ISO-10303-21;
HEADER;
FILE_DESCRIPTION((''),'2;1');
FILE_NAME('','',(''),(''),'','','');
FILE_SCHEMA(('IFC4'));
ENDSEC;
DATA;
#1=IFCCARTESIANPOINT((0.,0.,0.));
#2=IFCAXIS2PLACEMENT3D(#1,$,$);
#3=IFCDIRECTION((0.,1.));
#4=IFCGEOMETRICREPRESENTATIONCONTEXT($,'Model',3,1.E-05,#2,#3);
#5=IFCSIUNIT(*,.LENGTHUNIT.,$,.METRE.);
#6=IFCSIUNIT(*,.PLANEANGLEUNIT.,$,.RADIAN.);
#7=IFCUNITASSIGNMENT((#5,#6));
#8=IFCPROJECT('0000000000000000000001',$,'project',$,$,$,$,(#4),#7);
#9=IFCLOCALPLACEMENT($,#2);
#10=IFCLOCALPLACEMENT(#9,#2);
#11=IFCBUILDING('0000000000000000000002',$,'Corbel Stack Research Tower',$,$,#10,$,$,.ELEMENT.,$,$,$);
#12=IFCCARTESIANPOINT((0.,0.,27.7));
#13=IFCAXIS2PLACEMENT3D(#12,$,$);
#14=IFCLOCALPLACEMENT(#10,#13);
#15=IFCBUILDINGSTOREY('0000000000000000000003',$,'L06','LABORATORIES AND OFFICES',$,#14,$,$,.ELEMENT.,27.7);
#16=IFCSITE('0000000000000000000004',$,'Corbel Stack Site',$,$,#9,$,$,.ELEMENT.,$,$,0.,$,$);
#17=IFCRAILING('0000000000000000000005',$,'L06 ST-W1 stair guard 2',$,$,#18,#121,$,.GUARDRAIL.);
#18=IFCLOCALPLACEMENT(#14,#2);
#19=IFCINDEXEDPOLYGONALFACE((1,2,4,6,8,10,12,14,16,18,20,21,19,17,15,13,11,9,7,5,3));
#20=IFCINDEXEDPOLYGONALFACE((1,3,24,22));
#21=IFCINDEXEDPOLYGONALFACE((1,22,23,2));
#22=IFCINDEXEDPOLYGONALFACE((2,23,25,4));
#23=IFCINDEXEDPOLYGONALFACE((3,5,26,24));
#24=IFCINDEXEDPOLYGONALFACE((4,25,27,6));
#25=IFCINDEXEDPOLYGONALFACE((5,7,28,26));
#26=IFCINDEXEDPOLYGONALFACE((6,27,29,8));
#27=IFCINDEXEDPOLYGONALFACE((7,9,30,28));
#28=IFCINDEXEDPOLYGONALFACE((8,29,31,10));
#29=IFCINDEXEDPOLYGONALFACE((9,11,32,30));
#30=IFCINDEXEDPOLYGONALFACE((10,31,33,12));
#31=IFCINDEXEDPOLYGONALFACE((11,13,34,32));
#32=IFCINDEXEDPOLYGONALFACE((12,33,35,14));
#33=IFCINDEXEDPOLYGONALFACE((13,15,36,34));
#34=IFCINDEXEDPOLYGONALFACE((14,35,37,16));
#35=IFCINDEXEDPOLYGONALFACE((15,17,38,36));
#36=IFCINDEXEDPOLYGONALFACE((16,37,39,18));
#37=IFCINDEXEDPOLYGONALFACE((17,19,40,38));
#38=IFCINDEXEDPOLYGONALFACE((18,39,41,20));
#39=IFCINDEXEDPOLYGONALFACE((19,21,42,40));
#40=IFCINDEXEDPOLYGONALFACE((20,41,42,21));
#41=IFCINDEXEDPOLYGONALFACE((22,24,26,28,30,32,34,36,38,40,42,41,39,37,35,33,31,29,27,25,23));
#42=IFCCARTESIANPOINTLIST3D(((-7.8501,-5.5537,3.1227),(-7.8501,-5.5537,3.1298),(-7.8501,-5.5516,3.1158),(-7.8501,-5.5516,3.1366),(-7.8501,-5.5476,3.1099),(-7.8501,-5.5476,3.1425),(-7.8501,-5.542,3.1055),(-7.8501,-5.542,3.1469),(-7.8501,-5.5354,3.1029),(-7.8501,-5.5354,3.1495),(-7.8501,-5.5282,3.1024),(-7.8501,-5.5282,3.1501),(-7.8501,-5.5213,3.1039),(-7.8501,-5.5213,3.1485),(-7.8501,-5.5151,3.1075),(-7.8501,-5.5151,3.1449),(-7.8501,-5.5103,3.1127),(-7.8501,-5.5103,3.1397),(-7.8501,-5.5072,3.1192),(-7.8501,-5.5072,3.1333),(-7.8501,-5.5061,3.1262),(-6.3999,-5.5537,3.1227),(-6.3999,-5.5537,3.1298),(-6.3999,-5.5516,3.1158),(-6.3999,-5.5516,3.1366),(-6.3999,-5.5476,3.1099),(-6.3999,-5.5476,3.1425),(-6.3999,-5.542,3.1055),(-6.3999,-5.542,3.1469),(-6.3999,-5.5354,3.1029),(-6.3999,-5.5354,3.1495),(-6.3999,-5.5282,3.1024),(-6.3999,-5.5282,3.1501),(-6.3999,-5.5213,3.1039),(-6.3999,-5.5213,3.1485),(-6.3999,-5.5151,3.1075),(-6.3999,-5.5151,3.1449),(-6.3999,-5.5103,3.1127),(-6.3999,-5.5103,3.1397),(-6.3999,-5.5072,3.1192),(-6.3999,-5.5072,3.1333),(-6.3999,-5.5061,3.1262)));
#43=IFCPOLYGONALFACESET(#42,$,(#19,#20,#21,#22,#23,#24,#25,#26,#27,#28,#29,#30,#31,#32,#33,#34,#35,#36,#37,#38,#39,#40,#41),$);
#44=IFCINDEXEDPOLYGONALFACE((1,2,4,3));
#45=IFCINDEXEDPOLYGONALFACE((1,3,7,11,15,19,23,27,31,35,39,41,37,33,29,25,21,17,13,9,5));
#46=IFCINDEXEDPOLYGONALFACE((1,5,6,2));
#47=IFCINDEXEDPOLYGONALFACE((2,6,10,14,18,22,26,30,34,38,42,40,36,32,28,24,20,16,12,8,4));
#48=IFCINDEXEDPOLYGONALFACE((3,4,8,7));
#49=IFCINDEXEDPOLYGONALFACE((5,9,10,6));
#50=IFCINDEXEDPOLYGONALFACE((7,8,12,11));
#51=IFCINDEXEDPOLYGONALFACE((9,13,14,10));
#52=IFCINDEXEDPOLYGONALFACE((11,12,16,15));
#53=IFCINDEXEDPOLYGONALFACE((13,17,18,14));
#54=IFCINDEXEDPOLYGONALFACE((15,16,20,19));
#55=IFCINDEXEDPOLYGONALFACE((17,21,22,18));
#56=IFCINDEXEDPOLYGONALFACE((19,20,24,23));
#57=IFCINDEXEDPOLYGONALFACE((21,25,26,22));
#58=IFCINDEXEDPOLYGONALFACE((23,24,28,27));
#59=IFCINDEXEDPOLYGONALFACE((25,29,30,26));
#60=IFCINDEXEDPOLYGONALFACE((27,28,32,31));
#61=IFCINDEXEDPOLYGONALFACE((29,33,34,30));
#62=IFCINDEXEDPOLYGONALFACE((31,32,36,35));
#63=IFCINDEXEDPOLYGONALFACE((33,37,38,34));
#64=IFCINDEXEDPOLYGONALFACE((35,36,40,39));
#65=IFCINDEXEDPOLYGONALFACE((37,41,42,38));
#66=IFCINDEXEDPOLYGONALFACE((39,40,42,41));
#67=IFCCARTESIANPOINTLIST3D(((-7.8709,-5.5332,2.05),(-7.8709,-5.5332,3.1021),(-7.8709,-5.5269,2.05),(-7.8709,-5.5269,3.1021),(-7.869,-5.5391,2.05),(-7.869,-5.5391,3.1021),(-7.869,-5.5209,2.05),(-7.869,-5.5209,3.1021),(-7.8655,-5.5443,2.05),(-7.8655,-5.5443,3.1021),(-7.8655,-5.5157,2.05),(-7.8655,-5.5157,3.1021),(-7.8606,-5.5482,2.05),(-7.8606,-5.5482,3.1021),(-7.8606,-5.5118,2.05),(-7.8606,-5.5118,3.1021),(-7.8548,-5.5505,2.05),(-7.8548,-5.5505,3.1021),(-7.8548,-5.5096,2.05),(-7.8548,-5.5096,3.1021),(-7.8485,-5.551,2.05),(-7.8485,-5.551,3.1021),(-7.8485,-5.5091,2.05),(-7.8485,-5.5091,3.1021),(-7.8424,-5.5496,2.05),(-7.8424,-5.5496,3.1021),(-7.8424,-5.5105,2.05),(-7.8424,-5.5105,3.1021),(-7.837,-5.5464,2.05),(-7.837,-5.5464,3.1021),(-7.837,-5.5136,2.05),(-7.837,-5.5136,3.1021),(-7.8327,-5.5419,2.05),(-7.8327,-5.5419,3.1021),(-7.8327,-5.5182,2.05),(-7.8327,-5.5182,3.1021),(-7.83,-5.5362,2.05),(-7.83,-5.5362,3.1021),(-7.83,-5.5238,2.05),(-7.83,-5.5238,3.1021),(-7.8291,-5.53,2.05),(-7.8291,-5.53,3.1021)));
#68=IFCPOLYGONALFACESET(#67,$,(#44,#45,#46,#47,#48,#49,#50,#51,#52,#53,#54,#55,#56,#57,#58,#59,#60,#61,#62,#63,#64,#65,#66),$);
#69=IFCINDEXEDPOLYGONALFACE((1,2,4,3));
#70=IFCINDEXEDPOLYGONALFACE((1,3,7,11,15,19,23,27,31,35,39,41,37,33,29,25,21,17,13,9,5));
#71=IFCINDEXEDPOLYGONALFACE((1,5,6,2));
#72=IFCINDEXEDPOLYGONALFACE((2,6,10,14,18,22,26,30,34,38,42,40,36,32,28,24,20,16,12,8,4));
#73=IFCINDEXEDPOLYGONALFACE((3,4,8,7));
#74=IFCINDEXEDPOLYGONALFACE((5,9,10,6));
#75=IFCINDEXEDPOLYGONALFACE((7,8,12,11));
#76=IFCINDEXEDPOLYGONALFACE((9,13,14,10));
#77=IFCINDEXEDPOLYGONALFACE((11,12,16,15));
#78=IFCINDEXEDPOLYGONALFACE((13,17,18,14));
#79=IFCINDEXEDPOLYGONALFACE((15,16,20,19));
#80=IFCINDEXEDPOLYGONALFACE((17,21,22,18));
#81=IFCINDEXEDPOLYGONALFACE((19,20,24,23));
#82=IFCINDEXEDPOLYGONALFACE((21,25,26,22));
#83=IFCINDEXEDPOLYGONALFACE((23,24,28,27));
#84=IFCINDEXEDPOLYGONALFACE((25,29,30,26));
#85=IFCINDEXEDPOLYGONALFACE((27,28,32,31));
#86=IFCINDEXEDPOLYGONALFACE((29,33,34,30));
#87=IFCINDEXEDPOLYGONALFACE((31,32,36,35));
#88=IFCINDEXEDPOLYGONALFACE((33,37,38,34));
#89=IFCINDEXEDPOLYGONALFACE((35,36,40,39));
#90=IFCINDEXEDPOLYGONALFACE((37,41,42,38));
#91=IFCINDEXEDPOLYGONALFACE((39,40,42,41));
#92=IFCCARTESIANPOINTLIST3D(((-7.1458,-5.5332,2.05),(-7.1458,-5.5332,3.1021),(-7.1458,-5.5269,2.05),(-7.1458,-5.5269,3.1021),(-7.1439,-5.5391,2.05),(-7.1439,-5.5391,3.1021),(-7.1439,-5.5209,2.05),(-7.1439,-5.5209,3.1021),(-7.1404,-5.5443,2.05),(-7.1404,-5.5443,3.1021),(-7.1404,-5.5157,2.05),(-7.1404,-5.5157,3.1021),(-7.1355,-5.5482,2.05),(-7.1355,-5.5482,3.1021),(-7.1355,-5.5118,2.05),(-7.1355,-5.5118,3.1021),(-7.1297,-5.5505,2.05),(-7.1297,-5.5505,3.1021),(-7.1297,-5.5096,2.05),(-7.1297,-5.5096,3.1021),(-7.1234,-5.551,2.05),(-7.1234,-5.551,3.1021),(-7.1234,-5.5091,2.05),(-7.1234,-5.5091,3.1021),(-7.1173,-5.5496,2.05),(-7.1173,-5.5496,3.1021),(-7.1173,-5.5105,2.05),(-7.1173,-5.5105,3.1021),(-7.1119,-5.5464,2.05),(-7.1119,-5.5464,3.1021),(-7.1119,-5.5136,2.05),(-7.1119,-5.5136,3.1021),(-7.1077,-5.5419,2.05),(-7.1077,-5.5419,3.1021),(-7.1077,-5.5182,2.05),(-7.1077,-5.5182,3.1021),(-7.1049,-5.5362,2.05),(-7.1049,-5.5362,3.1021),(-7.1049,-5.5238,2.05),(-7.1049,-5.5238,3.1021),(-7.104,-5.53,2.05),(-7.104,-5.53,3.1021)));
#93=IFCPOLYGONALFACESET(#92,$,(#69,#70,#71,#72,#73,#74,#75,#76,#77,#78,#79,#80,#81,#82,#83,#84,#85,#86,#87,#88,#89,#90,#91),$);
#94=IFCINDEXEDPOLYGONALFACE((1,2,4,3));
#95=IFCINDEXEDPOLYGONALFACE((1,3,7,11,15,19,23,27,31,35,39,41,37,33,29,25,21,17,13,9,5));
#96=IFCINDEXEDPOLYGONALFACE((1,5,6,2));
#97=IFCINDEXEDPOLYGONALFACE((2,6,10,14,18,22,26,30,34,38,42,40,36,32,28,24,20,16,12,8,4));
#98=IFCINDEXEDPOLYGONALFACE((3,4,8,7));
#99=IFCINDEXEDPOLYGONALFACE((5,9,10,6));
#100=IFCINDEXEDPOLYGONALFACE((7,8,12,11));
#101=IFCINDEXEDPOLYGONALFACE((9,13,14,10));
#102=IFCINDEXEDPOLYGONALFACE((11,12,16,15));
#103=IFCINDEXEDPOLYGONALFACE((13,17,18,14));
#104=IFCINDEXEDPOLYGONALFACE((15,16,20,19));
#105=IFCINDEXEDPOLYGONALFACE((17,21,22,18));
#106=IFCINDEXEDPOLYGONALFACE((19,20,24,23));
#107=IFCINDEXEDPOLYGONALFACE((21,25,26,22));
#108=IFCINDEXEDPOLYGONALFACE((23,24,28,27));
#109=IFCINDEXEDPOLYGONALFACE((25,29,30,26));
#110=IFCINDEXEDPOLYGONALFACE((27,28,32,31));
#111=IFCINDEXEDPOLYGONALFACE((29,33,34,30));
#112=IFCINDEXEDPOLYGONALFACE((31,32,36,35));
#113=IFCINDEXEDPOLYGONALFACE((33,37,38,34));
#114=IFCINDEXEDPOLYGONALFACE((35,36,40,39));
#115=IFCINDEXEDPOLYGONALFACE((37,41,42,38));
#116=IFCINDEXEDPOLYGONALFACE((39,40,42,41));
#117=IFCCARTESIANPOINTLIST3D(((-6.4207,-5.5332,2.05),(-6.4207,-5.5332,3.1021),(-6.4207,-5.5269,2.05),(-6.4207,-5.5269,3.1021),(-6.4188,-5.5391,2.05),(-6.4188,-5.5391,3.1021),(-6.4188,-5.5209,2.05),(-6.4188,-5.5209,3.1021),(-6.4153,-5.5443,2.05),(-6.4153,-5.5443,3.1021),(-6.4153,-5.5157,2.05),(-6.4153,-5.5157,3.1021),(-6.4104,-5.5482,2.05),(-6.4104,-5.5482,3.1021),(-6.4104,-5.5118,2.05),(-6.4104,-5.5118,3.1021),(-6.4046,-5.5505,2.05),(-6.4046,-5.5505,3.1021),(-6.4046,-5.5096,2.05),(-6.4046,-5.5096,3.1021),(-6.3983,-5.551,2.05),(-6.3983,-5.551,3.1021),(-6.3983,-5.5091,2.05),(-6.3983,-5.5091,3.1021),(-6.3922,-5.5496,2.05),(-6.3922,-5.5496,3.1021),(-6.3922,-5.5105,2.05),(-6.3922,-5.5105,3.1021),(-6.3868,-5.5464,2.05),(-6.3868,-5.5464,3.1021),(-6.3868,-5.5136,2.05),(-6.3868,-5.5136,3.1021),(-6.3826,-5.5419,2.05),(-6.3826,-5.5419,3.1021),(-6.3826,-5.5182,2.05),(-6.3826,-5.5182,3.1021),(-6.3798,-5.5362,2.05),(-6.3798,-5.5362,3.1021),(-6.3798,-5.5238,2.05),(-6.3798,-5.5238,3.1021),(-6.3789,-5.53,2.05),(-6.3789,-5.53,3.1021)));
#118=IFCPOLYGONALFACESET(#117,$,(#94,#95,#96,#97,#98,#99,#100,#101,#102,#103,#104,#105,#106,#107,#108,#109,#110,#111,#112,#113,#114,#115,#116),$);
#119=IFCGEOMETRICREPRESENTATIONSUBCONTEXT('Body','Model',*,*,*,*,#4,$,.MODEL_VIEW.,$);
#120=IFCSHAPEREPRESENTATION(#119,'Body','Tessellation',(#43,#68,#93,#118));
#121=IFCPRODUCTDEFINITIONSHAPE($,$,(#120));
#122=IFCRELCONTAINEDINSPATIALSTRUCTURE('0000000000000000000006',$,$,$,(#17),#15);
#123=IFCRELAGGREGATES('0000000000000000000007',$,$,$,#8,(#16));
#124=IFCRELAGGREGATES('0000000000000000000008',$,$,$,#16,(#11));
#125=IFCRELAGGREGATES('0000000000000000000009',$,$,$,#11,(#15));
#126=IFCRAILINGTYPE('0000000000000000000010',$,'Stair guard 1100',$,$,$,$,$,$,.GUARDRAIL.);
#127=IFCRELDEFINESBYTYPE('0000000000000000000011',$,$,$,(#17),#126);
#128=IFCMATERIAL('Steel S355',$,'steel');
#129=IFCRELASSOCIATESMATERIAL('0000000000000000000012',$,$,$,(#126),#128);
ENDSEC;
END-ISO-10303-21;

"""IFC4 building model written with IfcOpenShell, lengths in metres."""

from ifc_helpers import new_model, si_unit, direction, frame, origin, origin_2d, place, context, subcontext, project, spatial, circle, extrude, material, type_object, element, save


model = new_model("IFC4")

# Units and contexts
model_context = context("Model", 3, precision=1e-05, world=origin(), true_north=direction((0.0, 1.0)))
body_context = subcontext(model_context, "Body", "Model", "MODEL_VIEW")
ifc_project = project(units=[si_unit("LENGTHUNIT", "METRE"), si_unit("PLANEANGLEUNIT", "RADIAN")], contexts=[model_context])

# Site, building, storey
site_placement = place(None, origin())
site = spatial("IfcSite", under=ifc_project, at=site_placement, Name="Corbel Stack Site", CompositionType="ELEMENT", RefElevation=0.0)
building_placement = place(site_placement, origin())
building = spatial("IfcBuilding", under=site, at=building_placement, Name="Corbel Stack Research Tower", CompositionType="ELEMENT")
storey_placement = place(building_placement, frame((0.0, 0.0, 27.7)))
storey = spatial("IfcBuildingStorey", under=building, at=storey_placement, Name="L06", Description="LABORATORIES AND OFFICES", CompositionType="ELEMENT", Elevation=27.7)

# Railing
ifc_material_1 = material(Name="Steel S355", Category="steel")
railing_type_1 = type_object("IfcRailingType", Name="Stair guard 1100", PredefinedType="GUARDRAIL", material=ifc_material_1)
railing_1_placement = place(storey_placement, frame((-7.8501, -5.53, 2.05)))
element("IfcRailing", 1, at=railing_1_placement, inside=storey, type_object=railing_type_1, Name="L06 ST-W1 stair guard 2", PredefinedType="GUARDRAIL", context=body_context, shape_type="SweptSolid", body=[
    extrude(circle(Radius=0.0239, at=origin_2d()), frame((0.0, 0.0, 1.0762), z_axis=(1.0, 0.0, 0.0), x_axis=(0.0, 1.0, 0.0)), (0.0, 0.0, 1.0), 1.4502),
    extrude(circle(Radius=0.021, at=origin_2d()), origin(), (0.0, 0.0, 1.0), 1.052),
    extrude(circle(Radius=0.021, at=origin_2d()), frame((0.7251, 0.0, 0.0)), (0.0, 0.0, 1.0), 1.052),
    extrude(circle(Radius=0.021, at=origin_2d()), frame((1.4502, 0.0, 0.0)), (0.0, 0.0, 1.0), 1.052),
])

save(model, "model.ifc")
